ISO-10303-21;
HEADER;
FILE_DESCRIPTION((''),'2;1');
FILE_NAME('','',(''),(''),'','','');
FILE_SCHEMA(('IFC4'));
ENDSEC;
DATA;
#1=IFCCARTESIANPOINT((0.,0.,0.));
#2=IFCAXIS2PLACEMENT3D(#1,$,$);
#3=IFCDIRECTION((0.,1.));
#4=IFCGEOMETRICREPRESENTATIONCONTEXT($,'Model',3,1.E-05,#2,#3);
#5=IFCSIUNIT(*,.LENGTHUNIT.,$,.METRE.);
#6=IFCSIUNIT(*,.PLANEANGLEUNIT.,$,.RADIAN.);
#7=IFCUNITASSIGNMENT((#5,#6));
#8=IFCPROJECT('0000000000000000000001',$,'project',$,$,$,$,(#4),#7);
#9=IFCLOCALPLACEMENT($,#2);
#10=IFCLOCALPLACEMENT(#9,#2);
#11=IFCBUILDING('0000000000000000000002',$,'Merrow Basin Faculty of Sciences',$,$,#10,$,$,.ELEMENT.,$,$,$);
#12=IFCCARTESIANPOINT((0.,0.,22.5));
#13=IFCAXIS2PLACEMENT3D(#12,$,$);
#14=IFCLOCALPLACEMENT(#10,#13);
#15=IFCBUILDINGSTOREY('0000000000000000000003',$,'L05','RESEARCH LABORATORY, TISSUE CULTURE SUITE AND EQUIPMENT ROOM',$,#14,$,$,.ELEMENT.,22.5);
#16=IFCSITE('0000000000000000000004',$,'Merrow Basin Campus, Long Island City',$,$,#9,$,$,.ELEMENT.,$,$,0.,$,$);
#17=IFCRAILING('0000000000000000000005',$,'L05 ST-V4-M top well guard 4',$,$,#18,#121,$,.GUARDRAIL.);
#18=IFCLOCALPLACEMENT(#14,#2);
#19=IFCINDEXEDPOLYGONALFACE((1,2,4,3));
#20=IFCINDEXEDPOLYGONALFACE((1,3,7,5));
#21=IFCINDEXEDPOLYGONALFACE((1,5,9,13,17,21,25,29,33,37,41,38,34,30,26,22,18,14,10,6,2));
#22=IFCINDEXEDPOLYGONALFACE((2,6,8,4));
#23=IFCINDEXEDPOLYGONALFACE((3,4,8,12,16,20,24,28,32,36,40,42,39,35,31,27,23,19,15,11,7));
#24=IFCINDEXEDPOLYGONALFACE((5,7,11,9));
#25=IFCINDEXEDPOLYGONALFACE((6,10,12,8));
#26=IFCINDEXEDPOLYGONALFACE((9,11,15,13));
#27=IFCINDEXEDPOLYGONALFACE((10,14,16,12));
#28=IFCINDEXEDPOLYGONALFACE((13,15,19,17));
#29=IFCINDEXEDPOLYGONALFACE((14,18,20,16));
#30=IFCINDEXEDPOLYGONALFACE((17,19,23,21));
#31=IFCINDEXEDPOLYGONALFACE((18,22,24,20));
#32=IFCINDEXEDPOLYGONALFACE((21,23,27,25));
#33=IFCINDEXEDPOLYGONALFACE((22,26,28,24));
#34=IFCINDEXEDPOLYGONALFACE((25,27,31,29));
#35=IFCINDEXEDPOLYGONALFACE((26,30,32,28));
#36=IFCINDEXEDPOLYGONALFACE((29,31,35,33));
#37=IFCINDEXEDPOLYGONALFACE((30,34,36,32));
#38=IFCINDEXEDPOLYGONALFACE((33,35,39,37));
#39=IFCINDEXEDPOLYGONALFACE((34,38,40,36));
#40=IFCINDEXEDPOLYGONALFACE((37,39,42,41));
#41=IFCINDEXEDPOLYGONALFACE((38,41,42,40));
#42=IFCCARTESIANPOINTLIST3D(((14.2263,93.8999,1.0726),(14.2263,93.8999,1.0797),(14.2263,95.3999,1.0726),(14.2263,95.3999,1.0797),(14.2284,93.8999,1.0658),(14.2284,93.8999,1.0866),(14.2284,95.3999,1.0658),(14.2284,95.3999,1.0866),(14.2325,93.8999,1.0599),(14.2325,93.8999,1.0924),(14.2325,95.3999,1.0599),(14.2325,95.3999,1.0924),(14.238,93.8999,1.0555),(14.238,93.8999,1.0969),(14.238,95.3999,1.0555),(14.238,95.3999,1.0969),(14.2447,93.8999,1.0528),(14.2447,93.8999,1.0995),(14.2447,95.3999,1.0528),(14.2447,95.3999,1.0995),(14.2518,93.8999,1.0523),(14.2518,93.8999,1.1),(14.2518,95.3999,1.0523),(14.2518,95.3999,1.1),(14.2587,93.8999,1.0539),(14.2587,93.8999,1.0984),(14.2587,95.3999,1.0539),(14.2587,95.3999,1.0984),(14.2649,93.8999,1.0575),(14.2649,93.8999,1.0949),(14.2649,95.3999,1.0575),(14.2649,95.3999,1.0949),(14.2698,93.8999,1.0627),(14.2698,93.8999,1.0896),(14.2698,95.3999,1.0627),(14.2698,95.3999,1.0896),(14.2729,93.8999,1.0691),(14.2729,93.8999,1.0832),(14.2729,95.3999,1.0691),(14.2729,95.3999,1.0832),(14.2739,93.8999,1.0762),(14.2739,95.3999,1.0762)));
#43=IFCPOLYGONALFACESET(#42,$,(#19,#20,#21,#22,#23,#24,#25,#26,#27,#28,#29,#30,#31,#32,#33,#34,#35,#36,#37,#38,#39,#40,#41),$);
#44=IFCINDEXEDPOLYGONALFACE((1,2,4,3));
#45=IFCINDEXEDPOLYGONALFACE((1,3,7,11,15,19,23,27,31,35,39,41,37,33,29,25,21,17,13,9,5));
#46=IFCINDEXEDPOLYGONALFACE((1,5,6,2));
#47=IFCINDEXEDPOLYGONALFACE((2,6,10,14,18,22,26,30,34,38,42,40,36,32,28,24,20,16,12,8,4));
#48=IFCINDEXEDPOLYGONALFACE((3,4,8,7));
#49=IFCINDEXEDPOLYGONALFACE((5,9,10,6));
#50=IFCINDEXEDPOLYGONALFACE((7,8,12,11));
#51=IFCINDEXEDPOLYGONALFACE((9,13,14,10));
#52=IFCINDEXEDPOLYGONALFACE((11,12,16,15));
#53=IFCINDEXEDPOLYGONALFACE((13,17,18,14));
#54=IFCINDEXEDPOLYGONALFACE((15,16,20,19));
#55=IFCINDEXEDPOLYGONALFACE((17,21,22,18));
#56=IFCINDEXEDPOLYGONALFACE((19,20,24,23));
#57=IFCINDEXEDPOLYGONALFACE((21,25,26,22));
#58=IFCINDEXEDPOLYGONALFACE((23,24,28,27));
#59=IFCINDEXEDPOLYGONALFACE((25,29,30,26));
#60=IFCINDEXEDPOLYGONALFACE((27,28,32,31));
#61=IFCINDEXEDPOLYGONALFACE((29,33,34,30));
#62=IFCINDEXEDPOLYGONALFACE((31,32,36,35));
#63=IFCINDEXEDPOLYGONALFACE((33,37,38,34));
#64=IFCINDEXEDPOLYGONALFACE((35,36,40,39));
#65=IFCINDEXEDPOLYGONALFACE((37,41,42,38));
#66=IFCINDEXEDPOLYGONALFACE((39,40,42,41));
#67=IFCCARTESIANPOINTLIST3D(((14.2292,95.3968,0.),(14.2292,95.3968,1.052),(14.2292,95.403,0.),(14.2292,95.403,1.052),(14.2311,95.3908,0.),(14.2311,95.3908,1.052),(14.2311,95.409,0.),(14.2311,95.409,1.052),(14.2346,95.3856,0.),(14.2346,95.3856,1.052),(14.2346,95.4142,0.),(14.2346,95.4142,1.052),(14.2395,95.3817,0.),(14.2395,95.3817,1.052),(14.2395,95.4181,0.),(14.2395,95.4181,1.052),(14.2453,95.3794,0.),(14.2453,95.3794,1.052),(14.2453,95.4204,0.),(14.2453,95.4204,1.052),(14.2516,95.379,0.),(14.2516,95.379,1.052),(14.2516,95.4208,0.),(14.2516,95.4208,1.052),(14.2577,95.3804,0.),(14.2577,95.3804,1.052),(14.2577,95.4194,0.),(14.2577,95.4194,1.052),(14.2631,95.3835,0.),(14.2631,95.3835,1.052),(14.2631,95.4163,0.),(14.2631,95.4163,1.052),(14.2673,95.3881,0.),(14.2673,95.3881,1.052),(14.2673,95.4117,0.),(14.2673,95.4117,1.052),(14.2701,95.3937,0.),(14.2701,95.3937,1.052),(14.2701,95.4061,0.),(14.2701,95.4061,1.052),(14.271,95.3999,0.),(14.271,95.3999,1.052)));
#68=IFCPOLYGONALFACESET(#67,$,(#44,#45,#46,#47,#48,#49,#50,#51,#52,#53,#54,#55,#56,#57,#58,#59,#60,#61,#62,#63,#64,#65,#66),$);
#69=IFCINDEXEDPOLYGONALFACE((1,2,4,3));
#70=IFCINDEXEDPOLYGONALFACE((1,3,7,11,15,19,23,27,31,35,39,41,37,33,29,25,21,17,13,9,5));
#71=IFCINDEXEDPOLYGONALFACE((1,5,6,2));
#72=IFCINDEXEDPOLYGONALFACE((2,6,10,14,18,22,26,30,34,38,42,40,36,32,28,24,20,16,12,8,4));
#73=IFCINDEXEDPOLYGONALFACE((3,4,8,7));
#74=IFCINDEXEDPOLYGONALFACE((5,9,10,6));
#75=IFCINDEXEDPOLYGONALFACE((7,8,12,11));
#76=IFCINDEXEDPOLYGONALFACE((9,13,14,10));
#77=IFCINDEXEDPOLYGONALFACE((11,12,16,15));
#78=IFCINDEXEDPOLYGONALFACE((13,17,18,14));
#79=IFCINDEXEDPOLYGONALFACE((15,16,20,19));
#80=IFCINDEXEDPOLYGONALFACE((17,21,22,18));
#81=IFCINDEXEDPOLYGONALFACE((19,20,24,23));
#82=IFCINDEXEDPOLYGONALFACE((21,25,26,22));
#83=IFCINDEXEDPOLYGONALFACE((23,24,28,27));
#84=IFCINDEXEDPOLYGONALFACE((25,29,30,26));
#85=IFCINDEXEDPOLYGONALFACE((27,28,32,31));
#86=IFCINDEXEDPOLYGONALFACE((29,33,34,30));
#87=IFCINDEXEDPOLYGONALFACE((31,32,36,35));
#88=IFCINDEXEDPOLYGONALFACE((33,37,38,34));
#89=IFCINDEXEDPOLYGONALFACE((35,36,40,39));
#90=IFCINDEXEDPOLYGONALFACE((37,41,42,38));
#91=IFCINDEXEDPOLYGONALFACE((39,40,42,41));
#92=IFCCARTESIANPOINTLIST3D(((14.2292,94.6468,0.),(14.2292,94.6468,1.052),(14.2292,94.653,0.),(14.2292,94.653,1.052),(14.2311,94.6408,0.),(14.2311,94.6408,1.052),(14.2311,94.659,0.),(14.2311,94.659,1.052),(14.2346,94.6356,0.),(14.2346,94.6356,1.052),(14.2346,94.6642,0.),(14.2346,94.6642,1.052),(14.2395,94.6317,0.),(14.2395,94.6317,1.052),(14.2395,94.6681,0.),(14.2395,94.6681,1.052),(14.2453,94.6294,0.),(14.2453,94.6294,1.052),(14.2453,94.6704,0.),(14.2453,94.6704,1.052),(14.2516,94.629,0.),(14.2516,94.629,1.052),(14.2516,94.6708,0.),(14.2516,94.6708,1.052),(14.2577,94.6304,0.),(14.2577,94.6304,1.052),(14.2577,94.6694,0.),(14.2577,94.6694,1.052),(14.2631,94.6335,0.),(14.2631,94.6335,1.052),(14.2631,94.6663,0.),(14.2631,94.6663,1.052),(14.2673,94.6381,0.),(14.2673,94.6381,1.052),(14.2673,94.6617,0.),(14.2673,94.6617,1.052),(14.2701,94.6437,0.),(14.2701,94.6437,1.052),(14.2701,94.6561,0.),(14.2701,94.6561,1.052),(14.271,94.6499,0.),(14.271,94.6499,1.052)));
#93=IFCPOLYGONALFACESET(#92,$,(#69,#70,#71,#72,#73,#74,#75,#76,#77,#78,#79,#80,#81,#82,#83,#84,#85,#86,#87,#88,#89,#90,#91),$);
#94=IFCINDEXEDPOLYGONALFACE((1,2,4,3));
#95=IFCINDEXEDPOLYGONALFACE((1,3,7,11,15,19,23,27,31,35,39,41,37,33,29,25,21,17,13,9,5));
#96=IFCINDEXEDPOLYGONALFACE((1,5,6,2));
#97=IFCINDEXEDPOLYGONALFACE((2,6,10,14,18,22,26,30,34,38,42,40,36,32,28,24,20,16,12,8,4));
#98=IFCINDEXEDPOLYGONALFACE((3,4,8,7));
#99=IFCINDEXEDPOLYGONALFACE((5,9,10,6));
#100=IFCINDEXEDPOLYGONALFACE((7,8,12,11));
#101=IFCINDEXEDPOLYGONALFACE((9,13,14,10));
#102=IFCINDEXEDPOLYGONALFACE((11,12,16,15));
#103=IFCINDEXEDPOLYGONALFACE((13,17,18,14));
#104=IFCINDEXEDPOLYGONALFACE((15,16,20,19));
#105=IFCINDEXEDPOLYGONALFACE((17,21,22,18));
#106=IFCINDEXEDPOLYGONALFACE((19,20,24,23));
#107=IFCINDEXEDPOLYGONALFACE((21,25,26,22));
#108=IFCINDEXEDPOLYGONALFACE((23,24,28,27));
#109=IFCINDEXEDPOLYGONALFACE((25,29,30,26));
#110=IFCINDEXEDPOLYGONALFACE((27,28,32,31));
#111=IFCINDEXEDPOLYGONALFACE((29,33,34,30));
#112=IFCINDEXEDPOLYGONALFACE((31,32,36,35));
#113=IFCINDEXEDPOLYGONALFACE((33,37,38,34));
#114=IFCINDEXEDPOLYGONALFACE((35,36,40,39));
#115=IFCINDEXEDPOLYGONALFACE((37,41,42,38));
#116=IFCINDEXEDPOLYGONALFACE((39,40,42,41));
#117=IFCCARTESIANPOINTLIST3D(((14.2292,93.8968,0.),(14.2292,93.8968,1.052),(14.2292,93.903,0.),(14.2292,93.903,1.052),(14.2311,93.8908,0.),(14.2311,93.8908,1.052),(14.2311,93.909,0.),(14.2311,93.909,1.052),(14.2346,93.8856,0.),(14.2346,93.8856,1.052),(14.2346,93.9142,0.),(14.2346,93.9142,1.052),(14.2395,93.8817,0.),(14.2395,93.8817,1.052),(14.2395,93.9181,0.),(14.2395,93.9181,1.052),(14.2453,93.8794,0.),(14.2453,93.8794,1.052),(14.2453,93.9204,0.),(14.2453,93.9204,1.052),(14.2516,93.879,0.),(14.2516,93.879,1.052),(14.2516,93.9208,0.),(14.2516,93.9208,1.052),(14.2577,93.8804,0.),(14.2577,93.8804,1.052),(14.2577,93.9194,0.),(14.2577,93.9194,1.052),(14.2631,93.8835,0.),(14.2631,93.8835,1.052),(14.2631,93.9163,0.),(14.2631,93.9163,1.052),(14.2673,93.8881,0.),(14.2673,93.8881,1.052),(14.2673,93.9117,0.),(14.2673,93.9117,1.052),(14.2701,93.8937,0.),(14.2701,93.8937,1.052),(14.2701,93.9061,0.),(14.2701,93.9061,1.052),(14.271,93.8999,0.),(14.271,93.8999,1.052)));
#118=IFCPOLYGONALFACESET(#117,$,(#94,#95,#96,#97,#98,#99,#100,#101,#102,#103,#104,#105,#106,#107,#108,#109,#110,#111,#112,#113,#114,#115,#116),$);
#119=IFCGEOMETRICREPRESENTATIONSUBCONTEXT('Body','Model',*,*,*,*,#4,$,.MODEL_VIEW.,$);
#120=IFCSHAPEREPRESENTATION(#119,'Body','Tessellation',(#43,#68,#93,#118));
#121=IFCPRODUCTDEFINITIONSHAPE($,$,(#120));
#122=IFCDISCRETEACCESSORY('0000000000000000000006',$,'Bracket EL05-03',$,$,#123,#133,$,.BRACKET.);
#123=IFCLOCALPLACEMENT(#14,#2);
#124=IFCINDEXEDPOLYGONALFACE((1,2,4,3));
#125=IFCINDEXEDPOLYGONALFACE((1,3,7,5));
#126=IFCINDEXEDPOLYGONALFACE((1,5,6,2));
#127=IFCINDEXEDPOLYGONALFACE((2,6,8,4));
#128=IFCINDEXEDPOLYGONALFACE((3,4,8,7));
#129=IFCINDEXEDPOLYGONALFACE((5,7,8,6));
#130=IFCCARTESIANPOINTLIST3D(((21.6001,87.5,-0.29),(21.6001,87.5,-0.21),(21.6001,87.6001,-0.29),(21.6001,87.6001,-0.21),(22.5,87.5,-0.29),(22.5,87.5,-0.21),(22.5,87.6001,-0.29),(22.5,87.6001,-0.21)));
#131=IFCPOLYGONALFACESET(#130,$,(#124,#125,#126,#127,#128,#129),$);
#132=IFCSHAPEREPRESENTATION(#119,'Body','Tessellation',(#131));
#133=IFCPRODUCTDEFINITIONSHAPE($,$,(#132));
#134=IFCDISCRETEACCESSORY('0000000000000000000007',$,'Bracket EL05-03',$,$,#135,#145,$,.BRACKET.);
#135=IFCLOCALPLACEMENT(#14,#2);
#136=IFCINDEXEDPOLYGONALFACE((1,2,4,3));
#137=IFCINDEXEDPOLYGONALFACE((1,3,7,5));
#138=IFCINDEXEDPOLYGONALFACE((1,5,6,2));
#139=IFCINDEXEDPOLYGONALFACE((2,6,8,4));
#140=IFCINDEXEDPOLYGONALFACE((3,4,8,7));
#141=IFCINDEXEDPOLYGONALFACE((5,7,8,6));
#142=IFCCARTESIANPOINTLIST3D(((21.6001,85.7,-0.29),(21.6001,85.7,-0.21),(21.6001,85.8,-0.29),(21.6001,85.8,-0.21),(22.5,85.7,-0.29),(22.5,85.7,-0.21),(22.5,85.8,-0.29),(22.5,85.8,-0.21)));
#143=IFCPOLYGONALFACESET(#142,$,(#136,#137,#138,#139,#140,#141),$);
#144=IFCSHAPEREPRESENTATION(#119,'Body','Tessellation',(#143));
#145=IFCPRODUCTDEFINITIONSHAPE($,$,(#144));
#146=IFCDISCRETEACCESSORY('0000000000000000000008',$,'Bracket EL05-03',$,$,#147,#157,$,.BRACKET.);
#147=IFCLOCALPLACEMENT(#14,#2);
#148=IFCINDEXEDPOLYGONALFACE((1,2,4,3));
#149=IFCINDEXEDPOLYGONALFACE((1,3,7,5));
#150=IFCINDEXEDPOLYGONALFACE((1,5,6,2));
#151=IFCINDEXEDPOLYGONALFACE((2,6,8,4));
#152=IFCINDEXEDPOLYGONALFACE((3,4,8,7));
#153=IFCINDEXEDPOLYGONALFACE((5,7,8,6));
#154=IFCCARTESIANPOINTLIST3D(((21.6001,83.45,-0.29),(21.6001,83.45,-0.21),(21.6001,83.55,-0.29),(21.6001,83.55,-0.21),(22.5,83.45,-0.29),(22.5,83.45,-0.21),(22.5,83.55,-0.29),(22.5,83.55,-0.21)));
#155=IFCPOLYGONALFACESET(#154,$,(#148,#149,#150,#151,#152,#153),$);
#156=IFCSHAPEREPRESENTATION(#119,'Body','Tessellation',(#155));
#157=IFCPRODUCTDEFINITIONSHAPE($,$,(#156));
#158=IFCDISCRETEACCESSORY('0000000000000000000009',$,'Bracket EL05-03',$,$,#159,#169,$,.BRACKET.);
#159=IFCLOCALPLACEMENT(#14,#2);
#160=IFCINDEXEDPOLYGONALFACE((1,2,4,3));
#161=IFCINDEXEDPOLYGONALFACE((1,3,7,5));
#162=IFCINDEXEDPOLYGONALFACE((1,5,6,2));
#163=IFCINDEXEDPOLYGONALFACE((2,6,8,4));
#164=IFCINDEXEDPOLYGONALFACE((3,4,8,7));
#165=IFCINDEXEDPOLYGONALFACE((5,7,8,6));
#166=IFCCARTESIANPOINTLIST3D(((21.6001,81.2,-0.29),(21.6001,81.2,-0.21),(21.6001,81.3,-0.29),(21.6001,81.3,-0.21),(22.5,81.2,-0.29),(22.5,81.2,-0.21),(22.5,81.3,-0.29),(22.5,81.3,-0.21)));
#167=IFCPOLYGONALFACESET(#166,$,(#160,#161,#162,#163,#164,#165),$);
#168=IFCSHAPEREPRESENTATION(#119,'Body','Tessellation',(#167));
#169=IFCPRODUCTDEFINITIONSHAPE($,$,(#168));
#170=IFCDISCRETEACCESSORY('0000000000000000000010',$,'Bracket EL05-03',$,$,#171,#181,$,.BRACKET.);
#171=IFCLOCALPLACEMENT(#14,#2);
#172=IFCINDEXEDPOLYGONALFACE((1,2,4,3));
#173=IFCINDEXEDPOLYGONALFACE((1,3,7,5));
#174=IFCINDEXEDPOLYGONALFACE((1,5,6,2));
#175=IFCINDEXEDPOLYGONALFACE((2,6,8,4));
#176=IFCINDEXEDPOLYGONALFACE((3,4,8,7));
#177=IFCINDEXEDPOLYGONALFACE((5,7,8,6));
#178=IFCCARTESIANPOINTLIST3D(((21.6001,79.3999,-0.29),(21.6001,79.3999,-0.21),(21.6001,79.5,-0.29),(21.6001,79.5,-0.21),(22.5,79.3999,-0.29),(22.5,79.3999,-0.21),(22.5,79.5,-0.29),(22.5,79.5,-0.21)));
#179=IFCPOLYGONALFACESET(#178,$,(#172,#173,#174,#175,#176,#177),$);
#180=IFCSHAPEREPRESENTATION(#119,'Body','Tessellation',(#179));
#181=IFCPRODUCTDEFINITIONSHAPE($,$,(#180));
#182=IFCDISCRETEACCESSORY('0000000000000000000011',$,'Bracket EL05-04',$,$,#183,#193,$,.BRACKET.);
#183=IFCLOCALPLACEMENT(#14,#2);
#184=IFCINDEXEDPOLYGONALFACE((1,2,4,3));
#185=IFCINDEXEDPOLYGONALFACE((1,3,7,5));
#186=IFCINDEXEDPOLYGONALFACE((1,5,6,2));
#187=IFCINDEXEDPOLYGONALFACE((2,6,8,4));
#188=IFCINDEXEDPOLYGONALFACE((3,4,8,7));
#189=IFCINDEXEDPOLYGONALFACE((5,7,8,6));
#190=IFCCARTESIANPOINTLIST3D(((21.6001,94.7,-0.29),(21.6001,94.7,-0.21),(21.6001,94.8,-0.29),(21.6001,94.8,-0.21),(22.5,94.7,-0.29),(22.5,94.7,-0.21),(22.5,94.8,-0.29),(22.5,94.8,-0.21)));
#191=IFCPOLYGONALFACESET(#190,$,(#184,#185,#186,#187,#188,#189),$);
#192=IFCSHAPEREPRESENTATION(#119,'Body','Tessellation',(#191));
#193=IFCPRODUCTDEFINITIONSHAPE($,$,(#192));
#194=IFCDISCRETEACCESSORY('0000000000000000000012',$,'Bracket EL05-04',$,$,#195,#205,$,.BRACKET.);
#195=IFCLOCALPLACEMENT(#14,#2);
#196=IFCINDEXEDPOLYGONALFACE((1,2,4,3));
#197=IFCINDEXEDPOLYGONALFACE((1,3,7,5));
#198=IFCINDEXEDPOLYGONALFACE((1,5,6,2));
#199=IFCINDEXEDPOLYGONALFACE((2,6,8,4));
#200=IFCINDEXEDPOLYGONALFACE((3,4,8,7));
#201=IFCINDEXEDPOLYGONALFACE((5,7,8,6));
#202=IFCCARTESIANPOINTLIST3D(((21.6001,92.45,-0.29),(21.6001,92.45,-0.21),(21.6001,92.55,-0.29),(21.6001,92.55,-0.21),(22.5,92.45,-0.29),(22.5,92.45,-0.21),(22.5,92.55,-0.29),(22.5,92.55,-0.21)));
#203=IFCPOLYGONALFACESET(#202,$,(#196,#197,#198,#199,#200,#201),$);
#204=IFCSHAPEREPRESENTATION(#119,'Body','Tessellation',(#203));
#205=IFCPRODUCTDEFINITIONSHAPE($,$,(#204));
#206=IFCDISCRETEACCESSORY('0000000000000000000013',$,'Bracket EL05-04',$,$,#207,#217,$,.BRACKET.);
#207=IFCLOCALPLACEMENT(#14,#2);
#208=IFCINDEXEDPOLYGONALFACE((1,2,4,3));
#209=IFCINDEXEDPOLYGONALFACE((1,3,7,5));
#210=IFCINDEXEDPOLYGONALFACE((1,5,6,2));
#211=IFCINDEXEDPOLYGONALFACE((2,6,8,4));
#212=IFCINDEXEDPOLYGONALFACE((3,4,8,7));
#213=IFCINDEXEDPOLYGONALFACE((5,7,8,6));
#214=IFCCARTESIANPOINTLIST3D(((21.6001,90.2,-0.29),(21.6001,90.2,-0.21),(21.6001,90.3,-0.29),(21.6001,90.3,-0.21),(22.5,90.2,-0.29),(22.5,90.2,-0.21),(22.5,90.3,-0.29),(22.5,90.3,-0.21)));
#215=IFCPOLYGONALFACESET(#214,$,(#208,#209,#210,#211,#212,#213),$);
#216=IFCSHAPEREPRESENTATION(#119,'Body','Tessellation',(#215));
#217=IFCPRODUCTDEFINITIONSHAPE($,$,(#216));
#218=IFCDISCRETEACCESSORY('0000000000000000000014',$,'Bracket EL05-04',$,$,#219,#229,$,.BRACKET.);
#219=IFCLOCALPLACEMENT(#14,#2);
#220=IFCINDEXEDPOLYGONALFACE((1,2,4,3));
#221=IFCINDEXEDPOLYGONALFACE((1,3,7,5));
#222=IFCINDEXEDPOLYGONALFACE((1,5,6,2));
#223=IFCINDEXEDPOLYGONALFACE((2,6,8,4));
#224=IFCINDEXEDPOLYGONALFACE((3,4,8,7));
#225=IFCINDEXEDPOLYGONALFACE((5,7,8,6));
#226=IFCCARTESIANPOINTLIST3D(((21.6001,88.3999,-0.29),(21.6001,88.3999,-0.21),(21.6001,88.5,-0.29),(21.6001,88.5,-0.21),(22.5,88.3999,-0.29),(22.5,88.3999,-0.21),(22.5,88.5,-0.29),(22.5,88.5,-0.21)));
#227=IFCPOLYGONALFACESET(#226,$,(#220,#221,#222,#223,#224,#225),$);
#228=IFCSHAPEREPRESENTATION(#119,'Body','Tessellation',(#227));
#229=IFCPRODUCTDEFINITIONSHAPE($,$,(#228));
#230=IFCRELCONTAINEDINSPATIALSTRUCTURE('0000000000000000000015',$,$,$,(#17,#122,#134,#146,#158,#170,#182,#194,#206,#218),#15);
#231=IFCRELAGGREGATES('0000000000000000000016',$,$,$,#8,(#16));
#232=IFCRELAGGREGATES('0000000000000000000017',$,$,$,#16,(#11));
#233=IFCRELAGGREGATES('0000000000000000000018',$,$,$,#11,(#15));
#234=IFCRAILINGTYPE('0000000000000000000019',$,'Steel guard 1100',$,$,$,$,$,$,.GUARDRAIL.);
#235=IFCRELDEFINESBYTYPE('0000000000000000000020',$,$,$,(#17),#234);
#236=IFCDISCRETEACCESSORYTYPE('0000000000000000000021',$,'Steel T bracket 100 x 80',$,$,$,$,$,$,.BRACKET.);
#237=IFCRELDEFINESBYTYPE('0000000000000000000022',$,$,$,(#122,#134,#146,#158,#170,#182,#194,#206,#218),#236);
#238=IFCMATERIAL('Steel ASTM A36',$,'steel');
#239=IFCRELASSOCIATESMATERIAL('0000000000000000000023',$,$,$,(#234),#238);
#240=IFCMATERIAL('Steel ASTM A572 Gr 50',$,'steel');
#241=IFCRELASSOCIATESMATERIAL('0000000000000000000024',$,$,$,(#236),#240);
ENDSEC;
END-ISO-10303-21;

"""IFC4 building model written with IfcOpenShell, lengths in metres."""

from ifc_helpers import new_model, si_unit, direction, frame, origin, origin_2d, place, context, subcontext, project, spatial, polyline, circle, outline, extrude, source, transform, mapped, material, type_object, element, save


model = new_model("IFC4")

# Units and contexts
model_context = context("Model", 3, precision=1e-05, world=origin(), true_north=direction((0.0, 1.0)))
body_context = subcontext(model_context, "Body", "Model", "MODEL_VIEW")
ifc_project = project(units=[si_unit("LENGTHUNIT", "METRE"), si_unit("PLANEANGLEUNIT", "RADIAN")], contexts=[model_context])

# Site, building, storey
site_placement = place(None, origin())
site = spatial("IfcSite", under=ifc_project, at=site_placement, Name="Merrow Basin Campus, Long Island City", CompositionType="ELEMENT", RefElevation=0.0)
building_placement = place(site_placement, origin())
building = spatial("IfcBuilding", under=site, at=building_placement, Name="Merrow Basin Faculty of Sciences", CompositionType="ELEMENT")
storey_placement = place(building_placement, frame((0.0, 0.0, 22.5)))
storey = spatial("IfcBuildingStorey", under=building, at=storey_placement, Name="L05", Description="RESEARCH LABORATORY, TISSUE CULTURE SUITE AND EQUIPMENT ROOM", CompositionType="ELEMENT", Elevation=22.5)

# Railing
ifc_material_1 = material(Name="Steel ASTM A36", Category="steel")
railing_type = type_object("IfcRailingType", Name="Steel guard 1100", PredefinedType="GUARDRAIL", material=ifc_material_1)
railing_1_placement = place(storey_placement, frame((14.25, 95.3999, 0.0)))
element("IfcRailing", 1, at=railing_1_placement, inside=storey, type_object=railing_type, Name="L05 ST-V4-M top well guard 4", PredefinedType="GUARDRAIL", context=body_context, shape_type="SweptSolid", body=[
    extrude(circle(Radius=0.0239, at=origin_2d()), frame((0.0, 0.0, 1.0762), z_axis=(0.0, -1.0, 0.0), x_axis=(1.0, 0.0, 0.0)), (0.0, 0.0, 1.0), 1.5),
    extrude(circle(Radius=0.021, at=origin_2d()), origin(), (0.0, 0.0, 1.0), 1.052),
    extrude(circle(Radius=0.021, at=origin_2d()), frame((0.0, -0.75, 0.0)), (0.0, 0.0, 1.0), 1.052),
    extrude(circle(Radius=0.021, at=origin_2d()), frame((0.0, -1.5, 0.0)), (0.0, 0.0, 1.0), 1.052),
])

# Discrete accessories
ifc_material_2 = material(Name="Steel ASTM A572 Gr 50", Category="steel")
discrete_accessory_type = type_object("IfcDiscreteAccessoryType", Name="Steel T bracket 100 x 80", PredefinedType="BRACKET", material=ifc_material_2)
shared_shape_1 = source(origin(), body_context, "Body", "SweptSolid", [
    extrude(outline(polyline([(0.0, 0.0), (0.1001, 0.0), (0.1001, 0.0801), (0.0, 0.0801), (0.0, 0.0)])), origin(), (0.0, 0.0, 1.0), 0.8999),
])
for number, where, z_axis, x_axis, name in (
    (2, (22.5, 87.6001, -0.29), (-1.0, 0.0, 0.0), (0.0, -1.0, 0.0), "Bracket EL05-03"),
    (3, (22.5, 85.8, -0.29), (-1.0, 0.0, 0.0), (0.0, -1.0, 0.0), "Bracket EL05-03"),
    (4, (22.5, 83.55, -0.29), (-1.0, 0.0, 0.0), (0.0, -1.0, 0.0), "Bracket EL05-03"),
    (5, (22.5, 81.3, -0.29), (-1.0, 0.0, 0.0), (0.0, -1.0, 0.0), "Bracket EL05-03"),
    (6, (22.5, 79.5, -0.29), (-1.0, 0.0, 0.0), (0.0, -1.0, 0.0), "Bracket EL05-03"),
    (7, (22.5, 94.8, -0.29), (-1.0, 0.0, 0.0), (0.0, -1.0, 0.0), "Bracket EL05-04"),
    (8, (22.5, 92.55, -0.29), (-1.0, 0.0, 0.0), (0.0, -1.0, 0.0), "Bracket EL05-04"),
    (9, (22.5, 90.3, -0.29), (-1.0, 0.0, 0.0), (0.0, -1.0, 0.0), "Bracket EL05-04"),
    (10, (22.5, 88.5, -0.29), (-1.0, 0.0, 0.0), (0.0, -1.0, 0.0), "Bracket EL05-04"),
):
    element("IfcDiscreteAccessory", number, at=place(storey_placement, frame(where, z_axis=z_axis, x_axis=x_axis)), inside=storey, type_object=discrete_accessory_type, Name=name, PredefinedType="BRACKET", context=body_context, shape_type="MappedRepresentation", body=[
        mapped(shared_shape_1, transform((0.0, 0.0, 0.0), scale=1.0)),
    ])

save(model, "model.ifc")
